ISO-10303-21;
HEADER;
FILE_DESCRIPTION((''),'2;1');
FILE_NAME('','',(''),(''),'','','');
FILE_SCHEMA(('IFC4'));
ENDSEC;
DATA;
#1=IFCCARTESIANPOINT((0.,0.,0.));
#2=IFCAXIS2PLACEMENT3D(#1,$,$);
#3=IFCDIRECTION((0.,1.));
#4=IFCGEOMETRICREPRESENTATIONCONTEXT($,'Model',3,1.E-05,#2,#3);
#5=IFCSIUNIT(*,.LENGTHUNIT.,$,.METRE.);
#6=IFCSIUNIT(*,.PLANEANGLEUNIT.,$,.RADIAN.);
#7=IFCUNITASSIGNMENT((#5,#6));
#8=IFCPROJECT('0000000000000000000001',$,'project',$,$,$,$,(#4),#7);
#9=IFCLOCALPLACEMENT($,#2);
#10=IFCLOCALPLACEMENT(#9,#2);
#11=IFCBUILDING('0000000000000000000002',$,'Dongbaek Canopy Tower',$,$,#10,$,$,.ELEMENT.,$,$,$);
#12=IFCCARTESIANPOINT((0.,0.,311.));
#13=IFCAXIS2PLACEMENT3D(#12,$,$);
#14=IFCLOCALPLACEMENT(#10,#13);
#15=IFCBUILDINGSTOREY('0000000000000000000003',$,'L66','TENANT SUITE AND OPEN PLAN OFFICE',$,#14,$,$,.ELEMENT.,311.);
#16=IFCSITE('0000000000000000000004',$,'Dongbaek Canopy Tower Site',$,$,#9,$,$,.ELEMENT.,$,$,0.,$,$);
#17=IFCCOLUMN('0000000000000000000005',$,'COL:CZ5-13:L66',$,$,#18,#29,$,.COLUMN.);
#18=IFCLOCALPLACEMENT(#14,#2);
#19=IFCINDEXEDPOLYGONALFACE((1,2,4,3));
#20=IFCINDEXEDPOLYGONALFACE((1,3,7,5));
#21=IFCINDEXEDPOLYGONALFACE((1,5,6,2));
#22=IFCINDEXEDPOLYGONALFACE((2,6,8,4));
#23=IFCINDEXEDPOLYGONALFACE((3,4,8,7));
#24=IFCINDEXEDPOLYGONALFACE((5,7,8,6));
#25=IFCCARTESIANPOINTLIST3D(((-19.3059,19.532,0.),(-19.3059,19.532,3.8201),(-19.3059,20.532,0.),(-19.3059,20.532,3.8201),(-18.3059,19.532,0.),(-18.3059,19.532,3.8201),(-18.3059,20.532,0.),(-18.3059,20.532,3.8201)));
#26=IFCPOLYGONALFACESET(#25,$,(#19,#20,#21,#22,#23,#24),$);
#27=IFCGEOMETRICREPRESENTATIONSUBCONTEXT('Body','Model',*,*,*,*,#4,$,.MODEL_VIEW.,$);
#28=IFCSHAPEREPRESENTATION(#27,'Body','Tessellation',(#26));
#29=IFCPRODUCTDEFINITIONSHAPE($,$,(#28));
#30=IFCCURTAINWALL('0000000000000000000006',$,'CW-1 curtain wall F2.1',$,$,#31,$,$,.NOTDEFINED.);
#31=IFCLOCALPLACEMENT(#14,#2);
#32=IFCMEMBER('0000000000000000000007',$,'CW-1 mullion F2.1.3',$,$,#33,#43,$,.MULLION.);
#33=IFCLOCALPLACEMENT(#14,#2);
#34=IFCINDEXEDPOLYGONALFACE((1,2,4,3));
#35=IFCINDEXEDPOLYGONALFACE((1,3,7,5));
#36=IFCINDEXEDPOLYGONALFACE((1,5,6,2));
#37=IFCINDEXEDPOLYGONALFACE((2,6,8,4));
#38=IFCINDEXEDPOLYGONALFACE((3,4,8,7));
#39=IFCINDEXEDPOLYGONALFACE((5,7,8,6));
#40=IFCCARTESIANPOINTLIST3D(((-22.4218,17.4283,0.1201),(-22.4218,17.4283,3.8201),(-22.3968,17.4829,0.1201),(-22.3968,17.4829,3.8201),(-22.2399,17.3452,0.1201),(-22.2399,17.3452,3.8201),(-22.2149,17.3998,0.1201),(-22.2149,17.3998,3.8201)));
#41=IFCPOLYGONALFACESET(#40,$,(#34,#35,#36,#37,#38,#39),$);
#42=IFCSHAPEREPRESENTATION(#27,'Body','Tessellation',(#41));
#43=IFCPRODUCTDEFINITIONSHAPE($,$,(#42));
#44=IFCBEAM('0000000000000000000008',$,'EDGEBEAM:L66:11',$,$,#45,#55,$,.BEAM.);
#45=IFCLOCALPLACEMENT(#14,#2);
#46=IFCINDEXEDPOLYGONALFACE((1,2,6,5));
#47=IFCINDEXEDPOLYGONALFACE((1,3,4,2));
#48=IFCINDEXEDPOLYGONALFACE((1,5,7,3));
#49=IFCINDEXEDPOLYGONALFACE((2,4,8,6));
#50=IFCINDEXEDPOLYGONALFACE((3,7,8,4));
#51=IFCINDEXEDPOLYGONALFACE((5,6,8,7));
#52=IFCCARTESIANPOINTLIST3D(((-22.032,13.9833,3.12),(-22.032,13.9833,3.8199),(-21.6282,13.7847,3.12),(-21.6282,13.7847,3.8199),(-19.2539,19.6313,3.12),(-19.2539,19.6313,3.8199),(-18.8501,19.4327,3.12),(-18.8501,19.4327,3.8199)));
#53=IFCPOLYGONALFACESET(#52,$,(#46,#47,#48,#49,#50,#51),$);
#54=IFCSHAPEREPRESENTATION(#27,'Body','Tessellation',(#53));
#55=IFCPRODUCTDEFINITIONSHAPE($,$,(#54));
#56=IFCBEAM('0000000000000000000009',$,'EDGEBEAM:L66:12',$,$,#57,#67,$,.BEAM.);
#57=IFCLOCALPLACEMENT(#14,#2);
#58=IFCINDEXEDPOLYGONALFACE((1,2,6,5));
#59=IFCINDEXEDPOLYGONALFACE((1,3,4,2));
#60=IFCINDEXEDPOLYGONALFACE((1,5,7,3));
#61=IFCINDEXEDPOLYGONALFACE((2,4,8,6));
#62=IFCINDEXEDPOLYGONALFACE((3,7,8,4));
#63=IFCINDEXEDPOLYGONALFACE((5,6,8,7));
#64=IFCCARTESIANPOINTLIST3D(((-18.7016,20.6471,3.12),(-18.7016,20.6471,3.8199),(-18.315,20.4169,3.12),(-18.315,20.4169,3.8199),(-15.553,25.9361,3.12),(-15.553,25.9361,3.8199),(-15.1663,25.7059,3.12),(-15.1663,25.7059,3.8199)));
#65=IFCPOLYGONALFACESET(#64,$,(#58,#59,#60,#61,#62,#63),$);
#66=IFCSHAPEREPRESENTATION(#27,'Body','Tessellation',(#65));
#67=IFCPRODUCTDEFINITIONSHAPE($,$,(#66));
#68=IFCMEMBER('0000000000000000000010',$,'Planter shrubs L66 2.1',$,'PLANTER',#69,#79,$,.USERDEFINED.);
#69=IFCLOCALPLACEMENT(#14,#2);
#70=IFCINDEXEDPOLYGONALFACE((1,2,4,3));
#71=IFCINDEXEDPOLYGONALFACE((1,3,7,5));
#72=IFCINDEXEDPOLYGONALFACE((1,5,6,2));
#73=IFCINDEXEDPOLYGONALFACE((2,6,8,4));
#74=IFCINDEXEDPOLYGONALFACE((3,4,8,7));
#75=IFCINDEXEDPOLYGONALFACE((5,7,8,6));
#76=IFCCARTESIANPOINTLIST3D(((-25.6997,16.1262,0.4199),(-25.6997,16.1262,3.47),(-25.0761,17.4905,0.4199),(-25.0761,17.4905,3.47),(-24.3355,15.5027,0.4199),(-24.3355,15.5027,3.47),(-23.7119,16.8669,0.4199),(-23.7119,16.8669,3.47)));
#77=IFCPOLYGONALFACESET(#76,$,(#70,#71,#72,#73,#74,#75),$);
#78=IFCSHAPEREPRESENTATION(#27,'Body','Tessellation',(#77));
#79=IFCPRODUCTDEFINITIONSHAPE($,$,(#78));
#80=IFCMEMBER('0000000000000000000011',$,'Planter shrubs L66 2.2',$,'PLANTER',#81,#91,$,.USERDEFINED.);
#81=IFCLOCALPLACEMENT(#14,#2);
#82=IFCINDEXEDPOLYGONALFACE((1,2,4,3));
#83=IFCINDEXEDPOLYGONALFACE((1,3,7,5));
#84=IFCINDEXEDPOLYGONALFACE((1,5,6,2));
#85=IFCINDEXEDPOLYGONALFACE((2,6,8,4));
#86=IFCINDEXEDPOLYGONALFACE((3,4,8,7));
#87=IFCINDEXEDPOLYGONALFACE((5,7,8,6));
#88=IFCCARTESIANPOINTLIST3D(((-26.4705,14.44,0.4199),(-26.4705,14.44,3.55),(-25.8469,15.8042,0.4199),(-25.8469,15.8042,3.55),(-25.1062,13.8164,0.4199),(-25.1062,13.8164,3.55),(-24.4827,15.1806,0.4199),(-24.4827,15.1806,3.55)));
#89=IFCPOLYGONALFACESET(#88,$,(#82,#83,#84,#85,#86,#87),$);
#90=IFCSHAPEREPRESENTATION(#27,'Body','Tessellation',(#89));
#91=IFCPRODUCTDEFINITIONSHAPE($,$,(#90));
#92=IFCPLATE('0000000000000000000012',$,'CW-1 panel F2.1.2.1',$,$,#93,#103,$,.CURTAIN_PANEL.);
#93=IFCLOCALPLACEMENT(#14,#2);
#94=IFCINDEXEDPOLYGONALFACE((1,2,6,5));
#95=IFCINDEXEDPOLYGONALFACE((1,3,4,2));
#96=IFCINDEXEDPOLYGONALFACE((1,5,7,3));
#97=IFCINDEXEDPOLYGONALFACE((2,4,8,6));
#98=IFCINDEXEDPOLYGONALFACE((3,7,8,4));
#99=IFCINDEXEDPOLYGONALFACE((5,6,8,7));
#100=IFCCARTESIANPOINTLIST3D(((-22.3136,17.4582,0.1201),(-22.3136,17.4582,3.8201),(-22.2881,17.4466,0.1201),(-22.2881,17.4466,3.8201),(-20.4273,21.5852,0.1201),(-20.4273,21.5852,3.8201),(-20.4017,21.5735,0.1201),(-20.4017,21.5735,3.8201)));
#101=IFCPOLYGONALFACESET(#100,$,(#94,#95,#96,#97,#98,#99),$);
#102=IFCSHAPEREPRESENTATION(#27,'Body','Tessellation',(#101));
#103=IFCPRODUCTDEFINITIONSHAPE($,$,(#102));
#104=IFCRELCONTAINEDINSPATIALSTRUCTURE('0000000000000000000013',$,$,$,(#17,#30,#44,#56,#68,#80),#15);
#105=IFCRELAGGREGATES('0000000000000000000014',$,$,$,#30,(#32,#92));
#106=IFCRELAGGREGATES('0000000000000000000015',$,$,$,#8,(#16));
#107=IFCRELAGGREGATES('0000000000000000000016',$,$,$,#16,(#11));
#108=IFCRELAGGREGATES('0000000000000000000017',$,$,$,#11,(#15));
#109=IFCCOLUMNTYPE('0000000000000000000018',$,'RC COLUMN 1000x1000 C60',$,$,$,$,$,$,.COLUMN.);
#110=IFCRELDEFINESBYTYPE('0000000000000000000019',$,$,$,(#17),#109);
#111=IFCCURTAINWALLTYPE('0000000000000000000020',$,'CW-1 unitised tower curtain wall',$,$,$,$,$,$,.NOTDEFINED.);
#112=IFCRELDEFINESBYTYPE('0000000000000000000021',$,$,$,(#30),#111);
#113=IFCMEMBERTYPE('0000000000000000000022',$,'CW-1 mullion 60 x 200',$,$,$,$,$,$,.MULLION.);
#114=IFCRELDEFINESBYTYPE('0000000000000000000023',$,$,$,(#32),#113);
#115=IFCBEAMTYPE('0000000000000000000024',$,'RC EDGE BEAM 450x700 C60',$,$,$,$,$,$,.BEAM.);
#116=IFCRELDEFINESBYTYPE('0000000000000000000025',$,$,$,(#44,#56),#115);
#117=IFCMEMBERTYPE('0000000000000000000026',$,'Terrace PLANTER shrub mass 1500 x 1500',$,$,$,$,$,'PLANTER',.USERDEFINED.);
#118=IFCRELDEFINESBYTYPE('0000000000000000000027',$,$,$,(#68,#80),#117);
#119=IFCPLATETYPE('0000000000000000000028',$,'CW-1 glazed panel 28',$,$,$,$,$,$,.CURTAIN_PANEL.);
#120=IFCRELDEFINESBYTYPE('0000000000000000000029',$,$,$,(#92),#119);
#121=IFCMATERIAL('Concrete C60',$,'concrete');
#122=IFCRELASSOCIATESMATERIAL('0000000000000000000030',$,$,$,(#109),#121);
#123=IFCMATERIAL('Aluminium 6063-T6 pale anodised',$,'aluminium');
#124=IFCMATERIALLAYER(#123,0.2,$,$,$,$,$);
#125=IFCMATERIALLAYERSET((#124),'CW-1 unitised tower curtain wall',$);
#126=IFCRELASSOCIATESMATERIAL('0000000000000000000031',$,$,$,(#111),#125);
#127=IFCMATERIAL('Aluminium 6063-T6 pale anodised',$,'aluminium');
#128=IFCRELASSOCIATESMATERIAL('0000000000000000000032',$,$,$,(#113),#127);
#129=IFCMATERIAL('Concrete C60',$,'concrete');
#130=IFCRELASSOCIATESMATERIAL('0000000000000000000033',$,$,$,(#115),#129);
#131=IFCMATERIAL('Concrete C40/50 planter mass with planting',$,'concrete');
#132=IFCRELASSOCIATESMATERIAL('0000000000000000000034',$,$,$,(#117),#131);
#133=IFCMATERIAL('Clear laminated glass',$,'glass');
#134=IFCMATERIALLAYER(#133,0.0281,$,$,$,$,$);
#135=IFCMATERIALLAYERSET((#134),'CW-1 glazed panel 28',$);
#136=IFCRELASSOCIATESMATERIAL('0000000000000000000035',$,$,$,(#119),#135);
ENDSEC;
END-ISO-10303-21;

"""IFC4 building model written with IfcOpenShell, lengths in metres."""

from ifc_helpers import new_model, si_unit, direction, frame, origin, origin_2d, place, context, subcontext, project, spatial, rectangle, extrude, material, layer, layer_set, material_profile, profile_set, type_object, element, aggregate, save


model = new_model("IFC4")

# Units and contexts
model_context = context("Model", 3, precision=1e-05, world=origin(), true_north=direction((0.0, 1.0)))
body_context = subcontext(model_context, "Body", "Model", "MODEL_VIEW")
ifc_project = project(units=[si_unit("LENGTHUNIT", "METRE"), si_unit("PLANEANGLEUNIT", "RADIAN")], contexts=[model_context])

# Site, building, storey
site_placement = place(None, origin())
site = spatial("IfcSite", under=ifc_project, at=site_placement, Name="Dongbaek Canopy Tower Site", CompositionType="ELEMENT", RefElevation=0.0)
building_placement = place(site_placement, origin())
building = spatial("IfcBuilding", under=site, at=building_placement, Name="Dongbaek Canopy Tower", CompositionType="ELEMENT")
storey_placement = place(building_placement, frame((0.0, 0.0, 311.0)))
storey = spatial("IfcBuildingStorey", under=building, at=storey_placement, Name="L66", Description="TENANT SUITE AND OPEN PLAN OFFICE", CompositionType="ELEMENT", Elevation=311.0)

# Column
ifc_material_1 = material(Name="Concrete C60", Category="concrete")
ifc_material_profile_1 = material_profile(ifc_material_1, rectangle(XDim=1.0, YDim=1.0, at=origin_2d()), Name="RC COLUMN 1000x1000 C60")
ifc_profile_set_1 = profile_set([ifc_material_profile_1], Name="Concrete C60")
column_type = type_object("IfcColumnType", Name="RC COLUMN 1000x1000 C60", PredefinedType="COLUMN", material=ifc_profile_set_1)
column_placement = place(storey_placement, frame((-18.8059, 20.032, 0.0), z_axis=(0.0, 0.0, 1.0), x_axis=(1.0, 0.0, 0.0)))
element("IfcColumn", 1, at=column_placement, inside=storey, type_object=column_type, Name="COL:CZ5-13:L66", PredefinedType="COLUMN", context=body_context, shape_type="SweptSolid", body=[
    extrude(rectangle(XDim=1.0, YDim=1.0, at=origin_2d()), origin(), (0.0, 0.0, 1.0), 3.8201),
])

# Curtain wall, member
ifc_material_2 = material(Name="Aluminium 6063-T6 pale anodised", Category="aluminium")
ifc_layer_1 = layer(ifc_material_2, 0.2)
ifc_layer_set_1 = layer_set([ifc_layer_1], Name="CW-1 unitised tower curtain wall")
curtain_wall_type = type_object("IfcCurtainWallType", Name="CW-1 unitised tower curtain wall", PredefinedType="NOTDEFINED", material=ifc_layer_set_1)
curtain_wall_placement = place(storey_placement, origin())
curtain_wall = element("IfcCurtainWall", 2, at=curtain_wall_placement, inside=storey, type_object=curtain_wall_type, Name="CW-1 curtain wall F2.1", PredefinedType="NOTDEFINED")
ifc_material_3 = material(Name="Aluminium 6063-T6 pale anodised", Category="aluminium")
ifc_material_profile_2 = material_profile(ifc_material_3, rectangle(XDim=0.2, YDim=0.0601, at=origin_2d()), Name="CW-1 mullion 60 x 200")
ifc_profile_set_2 = profile_set([ifc_material_profile_2], Name="Aluminium 6063-T6 pale anodised")
member_type_1 = type_object("IfcMemberType", Name="CW-1 mullion 60 x 200", PredefinedType="MULLION", material=ifc_profile_set_2)
member_1_placement = place(storey_placement, frame((-22.3184, 17.4141, 0.1201), z_axis=(0.0, 0.0, 1.0), x_axis=(-0.909496, 0.415713, 0.0)))
member_1 = element("IfcMember", 3, at=member_1_placement, type_object=member_type_1, Name="CW-1 mullion F2.1.3", PredefinedType="MULLION", context=body_context, shape_type="SweptSolid", body=[
    extrude(rectangle(XDim=0.2, YDim=0.0601, at=origin_2d()), origin(), (0.0, 0.0, 1.0), 3.7),
])

# Beams
ifc_material_4 = material(Name="Concrete C60", Category="concrete")
ifc_material_profile_3 = material_profile(ifc_material_4, rectangle(XDim=0.45, YDim=0.7, at=origin_2d()), Name="RC EDGE BEAM 450x700 C60")
ifc_profile_set_3 = profile_set([ifc_material_profile_3], Name="Concrete C60")
beam_type = type_object("IfcBeamType", Name="RC EDGE BEAM 450x700 C60", PredefinedType="BEAM", material=ifc_profile_set_3)
beam_1_placement = place(storey_placement, frame((-21.8301, 13.884, 3.47), z_axis=(0.44137, 0.897325, 0.0), x_axis=(-0.897325, 0.44137, 0.0)))
element("IfcBeam", 4, at=beam_1_placement, inside=storey, type_object=beam_type, Name="EDGEBEAM:L66:11", PredefinedType="BEAM", context=body_context, shape_type="SweptSolid", body=[
    extrude(rectangle(XDim=0.45, YDim=0.7, at=origin_2d()), origin(), (0.0, 0.0, 1.0), 6.2942),
])
beam_2_placement = place(storey_placement, frame((-18.5083, 20.532, 3.47), z_axis=(0.511535, 0.859262, 0.0), x_axis=(-0.859262, 0.511535, 0.0)))
element("IfcBeam", 5, at=beam_2_placement, inside=storey, type_object=beam_type, Name="EDGEBEAM:L66:12", PredefinedType="BEAM", context=body_context, shape_type="SweptSolid", body=[
    extrude(rectangle(XDim=0.45, YDim=0.7, at=origin_2d()), origin(), (0.0, 0.0, 1.0), 6.1553),
])

# Members
ifc_material_5 = material(Name="Concrete C40/50 planter mass with planting", Category="concrete")
ifc_material_profile_4 = material_profile(ifc_material_5, rectangle(XDim=1.5, YDim=1.5, at=origin_2d()), Name="Terrace PLANTER shrub mass 1500 x 1500")
ifc_profile_set_4 = profile_set([ifc_material_profile_4], Name="Concrete C40/50 planter mass with planting")
member_type_2 = type_object("IfcMemberType", Name="Terrace PLANTER shrub mass 1500 x 1500", ElementType="PLANTER", PredefinedType="USERDEFINED", material=ifc_profile_set_4)
member_2_placement = place(storey_placement, frame((-24.7058, 16.4966, 0.4199), z_axis=(0.0, 0.0, 1.0), x_axis=(-0.909496, 0.415713, 0.0)))
element("IfcMember", 6, at=member_2_placement, inside=storey, type_object=member_type_2, Name="Planter shrubs L66 2.1", ObjectType="PLANTER", PredefinedType="USERDEFINED", context=body_context, shape_type="SweptSolid", body=[
    extrude(rectangle(XDim=1.5, YDim=1.5, at=origin_2d()), origin(), (0.0, 0.0, 1.0), 3.05),
])
member_3_placement = place(storey_placement, frame((-25.4766, 14.8103, 0.4199), z_axis=(0.0, 0.0, 1.0), x_axis=(-0.909496, 0.415713, 0.0)))
element("IfcMember", 7, at=member_3_placement, inside=storey, type_object=member_type_2, Name="Planter shrubs L66 2.2", ObjectType="PLANTER", PredefinedType="USERDEFINED", context=body_context, shape_type="SweptSolid", body=[
    extrude(rectangle(XDim=1.5, YDim=1.5, at=origin_2d()), origin(), (0.0, 0.0, 1.0), 3.1301),
])

# Plate
ifc_material_6 = material(Name="Clear laminated glass", Category="glass")
ifc_layer_2 = layer(ifc_material_6, 0.0281)
ifc_layer_set_2 = layer_set([ifc_layer_2], Name="CW-1 glazed panel 28")
plate_type = type_object("IfcPlateType", Name="CW-1 glazed panel 28", PredefinedType="CURTAIN_PANEL", material=ifc_layer_set_2)
plate_placement = place(storey_placement, frame((-21.3577, 19.5159, 0.1201), z_axis=(0.0, 0.0, 1.0), x_axis=(-0.415713, -0.909496, 0.0)))
plate = element("IfcPlate", 8, at=plate_placement, type_object=plate_type, Name="CW-1 panel F2.1.2.1", PredefinedType="CURTAIN_PANEL", context=body_context, shape_type="SweptSolid", body=[
    extrude(rectangle(XDim=4.5376, YDim=0.0281, at=origin_2d()), origin(), (0.0, 0.0, 1.0), 3.7),
])
aggregate(curtain_wall, [member_1, plate])

save(model, "model.ifc")
